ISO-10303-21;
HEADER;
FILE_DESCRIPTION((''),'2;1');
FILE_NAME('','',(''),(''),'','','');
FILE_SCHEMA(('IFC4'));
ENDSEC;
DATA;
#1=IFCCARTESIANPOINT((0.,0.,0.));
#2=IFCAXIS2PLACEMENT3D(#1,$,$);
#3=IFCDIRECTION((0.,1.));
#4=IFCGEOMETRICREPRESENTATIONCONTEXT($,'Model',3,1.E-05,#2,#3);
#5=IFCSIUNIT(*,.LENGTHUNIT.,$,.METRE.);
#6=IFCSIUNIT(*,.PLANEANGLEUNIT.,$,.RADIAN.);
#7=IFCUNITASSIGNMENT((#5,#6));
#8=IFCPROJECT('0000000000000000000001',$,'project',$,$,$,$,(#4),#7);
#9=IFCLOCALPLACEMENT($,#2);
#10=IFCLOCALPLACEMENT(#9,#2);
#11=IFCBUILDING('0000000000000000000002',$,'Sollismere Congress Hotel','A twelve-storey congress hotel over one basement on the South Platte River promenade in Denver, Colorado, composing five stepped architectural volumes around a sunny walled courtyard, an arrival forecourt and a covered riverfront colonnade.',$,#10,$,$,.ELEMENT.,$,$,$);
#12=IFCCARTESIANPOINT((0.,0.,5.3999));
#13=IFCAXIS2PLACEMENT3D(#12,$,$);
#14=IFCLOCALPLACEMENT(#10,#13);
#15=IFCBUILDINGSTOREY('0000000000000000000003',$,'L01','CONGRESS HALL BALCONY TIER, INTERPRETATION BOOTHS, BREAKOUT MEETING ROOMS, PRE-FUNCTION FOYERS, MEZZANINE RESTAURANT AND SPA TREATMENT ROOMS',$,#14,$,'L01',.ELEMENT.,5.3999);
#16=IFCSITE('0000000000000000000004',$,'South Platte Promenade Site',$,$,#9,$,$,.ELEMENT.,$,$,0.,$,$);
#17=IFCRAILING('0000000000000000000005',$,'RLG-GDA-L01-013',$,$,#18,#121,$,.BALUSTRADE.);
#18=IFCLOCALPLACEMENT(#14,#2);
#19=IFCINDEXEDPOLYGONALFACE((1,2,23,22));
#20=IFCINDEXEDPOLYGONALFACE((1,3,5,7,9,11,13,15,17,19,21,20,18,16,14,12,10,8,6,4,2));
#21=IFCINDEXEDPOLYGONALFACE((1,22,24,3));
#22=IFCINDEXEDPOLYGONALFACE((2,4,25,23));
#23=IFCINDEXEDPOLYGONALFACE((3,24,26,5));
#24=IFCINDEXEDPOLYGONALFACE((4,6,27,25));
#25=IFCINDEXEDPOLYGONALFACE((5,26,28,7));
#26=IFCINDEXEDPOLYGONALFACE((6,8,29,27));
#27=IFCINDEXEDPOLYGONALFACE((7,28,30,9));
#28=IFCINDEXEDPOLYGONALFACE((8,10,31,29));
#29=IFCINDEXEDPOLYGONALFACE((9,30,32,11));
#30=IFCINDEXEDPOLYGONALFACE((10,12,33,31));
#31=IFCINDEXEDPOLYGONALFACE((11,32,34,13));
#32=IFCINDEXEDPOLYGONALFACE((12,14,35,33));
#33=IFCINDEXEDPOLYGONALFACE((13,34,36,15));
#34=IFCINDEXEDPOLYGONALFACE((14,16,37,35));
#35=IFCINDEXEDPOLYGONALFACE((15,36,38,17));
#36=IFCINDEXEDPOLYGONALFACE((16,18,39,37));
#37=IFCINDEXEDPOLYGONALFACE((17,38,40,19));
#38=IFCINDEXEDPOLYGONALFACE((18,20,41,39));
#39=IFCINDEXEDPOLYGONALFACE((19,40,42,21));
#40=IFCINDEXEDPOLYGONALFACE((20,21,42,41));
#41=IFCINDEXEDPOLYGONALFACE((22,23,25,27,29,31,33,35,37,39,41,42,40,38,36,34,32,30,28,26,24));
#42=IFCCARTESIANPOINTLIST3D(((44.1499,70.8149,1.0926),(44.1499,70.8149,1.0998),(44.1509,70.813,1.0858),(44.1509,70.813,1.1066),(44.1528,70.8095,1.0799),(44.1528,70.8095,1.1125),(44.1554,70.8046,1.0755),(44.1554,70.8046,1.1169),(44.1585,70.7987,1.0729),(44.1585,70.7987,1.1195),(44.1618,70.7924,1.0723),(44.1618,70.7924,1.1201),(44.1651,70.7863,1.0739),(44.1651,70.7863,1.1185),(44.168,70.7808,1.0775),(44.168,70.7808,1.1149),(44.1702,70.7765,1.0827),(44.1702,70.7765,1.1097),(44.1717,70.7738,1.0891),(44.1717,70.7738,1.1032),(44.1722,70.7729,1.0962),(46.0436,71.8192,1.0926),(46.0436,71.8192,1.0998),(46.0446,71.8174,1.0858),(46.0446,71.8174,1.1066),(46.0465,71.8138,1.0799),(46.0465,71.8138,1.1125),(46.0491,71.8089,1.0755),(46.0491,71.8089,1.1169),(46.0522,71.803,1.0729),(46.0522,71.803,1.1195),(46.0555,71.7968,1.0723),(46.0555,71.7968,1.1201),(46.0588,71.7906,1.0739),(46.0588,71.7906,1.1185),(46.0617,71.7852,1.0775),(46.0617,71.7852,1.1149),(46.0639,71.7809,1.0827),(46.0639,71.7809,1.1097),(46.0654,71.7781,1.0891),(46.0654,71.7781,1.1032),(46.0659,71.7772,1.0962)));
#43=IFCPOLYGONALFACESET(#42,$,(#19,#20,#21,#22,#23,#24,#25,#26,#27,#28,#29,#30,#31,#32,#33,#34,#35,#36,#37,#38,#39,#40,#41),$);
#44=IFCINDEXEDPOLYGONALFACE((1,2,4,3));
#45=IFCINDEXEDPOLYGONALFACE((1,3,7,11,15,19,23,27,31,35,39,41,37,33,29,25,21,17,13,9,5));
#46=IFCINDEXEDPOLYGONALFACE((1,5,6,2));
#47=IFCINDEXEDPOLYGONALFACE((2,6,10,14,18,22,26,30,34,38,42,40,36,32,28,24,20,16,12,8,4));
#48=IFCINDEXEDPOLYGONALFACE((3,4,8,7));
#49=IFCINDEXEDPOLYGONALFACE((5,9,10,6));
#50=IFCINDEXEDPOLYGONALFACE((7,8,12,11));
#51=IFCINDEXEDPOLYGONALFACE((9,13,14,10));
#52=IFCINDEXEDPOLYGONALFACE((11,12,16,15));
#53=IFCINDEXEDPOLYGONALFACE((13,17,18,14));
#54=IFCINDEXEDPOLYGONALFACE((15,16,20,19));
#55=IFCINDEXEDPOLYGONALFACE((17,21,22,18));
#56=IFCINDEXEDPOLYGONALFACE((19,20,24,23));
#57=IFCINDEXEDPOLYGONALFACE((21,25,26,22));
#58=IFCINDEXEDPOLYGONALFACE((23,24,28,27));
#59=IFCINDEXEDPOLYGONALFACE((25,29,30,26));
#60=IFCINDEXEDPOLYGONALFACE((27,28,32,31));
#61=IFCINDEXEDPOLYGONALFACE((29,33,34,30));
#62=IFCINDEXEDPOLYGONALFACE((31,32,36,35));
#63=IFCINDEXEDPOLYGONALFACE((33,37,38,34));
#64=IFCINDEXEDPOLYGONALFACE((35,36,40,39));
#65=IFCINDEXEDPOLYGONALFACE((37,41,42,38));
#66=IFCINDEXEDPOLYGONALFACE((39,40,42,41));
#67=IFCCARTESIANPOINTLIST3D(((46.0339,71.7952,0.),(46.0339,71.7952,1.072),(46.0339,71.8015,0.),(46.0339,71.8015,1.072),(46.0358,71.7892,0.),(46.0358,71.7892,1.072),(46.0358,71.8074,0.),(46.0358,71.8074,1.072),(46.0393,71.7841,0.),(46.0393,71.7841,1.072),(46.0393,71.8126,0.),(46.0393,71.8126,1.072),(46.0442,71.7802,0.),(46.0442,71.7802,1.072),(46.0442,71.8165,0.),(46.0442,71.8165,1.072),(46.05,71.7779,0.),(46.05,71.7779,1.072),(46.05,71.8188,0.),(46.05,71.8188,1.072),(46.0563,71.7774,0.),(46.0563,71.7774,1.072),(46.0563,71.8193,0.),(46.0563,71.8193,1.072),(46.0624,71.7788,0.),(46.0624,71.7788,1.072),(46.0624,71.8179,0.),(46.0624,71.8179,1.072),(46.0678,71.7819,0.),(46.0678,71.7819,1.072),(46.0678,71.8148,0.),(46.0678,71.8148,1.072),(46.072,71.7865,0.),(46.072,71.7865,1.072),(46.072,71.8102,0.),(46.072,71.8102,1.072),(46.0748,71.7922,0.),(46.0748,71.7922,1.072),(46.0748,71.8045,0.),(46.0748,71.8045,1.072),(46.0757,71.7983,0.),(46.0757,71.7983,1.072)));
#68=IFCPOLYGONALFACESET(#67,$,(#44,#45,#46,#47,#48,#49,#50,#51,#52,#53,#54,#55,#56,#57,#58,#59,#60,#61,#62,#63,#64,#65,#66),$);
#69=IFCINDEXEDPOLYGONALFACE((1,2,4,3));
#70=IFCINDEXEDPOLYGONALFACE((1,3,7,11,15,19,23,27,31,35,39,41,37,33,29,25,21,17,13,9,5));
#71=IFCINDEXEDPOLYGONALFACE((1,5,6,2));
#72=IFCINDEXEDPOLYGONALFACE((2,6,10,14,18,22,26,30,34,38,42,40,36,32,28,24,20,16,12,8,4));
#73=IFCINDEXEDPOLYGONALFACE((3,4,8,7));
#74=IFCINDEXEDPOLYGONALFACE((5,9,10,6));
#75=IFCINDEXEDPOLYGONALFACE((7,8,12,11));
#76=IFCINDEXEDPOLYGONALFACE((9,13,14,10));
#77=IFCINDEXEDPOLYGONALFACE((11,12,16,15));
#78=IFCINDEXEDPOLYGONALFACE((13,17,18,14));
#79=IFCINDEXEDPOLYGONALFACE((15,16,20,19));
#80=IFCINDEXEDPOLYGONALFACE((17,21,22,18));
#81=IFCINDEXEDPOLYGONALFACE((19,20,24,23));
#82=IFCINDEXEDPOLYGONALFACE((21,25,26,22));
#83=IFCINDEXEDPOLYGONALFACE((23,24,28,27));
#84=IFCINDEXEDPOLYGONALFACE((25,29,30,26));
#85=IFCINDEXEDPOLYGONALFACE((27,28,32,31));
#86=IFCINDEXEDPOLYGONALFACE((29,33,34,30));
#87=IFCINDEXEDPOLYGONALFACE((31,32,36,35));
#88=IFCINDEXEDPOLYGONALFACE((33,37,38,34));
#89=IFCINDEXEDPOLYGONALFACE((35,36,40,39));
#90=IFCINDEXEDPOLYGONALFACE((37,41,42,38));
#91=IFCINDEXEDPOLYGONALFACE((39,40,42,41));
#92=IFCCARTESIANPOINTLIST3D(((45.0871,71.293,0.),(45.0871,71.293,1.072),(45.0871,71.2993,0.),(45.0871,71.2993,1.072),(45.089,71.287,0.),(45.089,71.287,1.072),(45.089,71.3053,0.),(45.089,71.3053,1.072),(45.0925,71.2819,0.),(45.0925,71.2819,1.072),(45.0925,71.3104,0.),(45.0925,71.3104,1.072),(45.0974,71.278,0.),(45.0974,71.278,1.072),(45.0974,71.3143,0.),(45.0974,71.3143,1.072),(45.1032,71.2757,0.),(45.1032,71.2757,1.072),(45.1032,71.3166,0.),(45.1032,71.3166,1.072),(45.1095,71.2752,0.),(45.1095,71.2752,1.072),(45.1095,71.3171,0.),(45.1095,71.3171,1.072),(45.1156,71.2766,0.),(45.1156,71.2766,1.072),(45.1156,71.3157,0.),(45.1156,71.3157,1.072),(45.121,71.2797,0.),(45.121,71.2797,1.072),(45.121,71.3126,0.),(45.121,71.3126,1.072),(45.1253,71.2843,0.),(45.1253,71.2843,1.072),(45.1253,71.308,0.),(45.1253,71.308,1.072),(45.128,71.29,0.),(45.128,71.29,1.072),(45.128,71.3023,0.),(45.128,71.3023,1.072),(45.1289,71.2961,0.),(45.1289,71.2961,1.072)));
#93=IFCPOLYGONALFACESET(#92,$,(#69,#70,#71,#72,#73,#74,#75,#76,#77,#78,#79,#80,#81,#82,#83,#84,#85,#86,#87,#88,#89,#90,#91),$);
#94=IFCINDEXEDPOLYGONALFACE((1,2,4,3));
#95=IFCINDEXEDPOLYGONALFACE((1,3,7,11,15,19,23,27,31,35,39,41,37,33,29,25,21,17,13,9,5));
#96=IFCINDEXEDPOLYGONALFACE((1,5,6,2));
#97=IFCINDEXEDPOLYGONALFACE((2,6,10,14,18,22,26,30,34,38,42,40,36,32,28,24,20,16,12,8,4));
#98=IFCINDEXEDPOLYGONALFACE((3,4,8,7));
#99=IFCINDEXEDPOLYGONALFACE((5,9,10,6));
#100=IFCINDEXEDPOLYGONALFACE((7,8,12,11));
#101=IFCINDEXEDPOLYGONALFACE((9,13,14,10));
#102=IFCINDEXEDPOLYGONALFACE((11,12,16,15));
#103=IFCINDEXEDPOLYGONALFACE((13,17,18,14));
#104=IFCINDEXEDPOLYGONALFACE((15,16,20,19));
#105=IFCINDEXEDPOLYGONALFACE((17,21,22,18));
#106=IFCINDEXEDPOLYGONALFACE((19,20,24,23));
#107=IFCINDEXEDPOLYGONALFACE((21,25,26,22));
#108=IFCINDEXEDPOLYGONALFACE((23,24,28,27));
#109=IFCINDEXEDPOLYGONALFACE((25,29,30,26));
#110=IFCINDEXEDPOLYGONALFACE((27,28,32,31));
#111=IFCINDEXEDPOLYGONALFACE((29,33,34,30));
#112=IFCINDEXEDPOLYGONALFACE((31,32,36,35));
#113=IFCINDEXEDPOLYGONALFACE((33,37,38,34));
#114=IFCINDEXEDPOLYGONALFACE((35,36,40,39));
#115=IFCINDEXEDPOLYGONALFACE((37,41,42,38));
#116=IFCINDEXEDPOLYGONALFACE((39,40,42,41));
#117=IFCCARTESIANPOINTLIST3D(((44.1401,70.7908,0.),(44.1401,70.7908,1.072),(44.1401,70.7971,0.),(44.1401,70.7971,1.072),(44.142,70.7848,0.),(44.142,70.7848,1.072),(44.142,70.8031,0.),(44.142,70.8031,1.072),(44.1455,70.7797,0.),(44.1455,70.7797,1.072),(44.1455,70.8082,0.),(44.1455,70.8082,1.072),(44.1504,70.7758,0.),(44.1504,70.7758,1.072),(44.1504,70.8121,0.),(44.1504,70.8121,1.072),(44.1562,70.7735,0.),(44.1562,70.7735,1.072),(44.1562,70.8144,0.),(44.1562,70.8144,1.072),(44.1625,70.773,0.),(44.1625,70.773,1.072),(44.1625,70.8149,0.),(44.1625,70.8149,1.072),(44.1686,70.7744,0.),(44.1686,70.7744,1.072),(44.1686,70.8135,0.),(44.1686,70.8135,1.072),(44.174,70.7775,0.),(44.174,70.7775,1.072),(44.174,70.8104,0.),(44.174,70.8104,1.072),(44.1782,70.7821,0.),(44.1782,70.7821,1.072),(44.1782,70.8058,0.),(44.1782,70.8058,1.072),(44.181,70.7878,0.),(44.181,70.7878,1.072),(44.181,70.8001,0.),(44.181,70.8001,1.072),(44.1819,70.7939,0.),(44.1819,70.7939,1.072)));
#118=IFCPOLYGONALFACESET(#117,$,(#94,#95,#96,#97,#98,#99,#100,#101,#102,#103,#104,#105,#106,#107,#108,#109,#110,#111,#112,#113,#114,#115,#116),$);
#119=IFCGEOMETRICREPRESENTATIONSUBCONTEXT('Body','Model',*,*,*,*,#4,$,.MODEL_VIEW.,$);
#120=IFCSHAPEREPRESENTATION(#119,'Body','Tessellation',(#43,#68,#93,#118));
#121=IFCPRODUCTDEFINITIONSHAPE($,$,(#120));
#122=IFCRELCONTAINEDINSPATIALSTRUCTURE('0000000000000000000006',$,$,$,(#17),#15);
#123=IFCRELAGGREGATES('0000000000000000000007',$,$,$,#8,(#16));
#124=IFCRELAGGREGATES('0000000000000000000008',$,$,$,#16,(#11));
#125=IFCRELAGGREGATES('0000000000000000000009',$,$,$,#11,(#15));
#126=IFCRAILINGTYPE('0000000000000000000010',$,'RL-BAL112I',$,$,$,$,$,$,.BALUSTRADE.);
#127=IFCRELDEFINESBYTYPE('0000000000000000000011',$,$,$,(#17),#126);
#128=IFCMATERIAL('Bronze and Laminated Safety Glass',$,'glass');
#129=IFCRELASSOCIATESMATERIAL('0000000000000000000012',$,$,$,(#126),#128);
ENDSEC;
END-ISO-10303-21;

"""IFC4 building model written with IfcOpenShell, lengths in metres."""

from ifc_helpers import new_model, si_unit, direction, frame, origin, origin_2d, place, context, subcontext, project, spatial, circle, extrude, material, type_object, element, save


model = new_model("IFC4")

# Units and contexts
model_context = context("Model", 3, precision=1e-05, world=origin(), true_north=direction((0.0, 1.0)))
body_context = subcontext(model_context, "Body", "Model", "MODEL_VIEW")
ifc_project = project(units=[si_unit("LENGTHUNIT", "METRE"), si_unit("PLANEANGLEUNIT", "RADIAN")], contexts=[model_context])

# Site, building, storey
site_placement = place(None, origin())
site = spatial("IfcSite", under=ifc_project, at=site_placement, Name="South Platte Promenade Site", CompositionType="ELEMENT", RefElevation=0.0)
building_placement = place(site_placement, origin())
building = spatial("IfcBuilding", under=site, at=building_placement, Name="Sollismere Congress Hotel", Description="A twelve-storey congress hotel over one basement on the South Platte River promenade in Denver, Colorado, composing five stepped architectural volumes around a sunny walled courtyard, an arrival forecourt and a covered riverfront colonnade.", CompositionType="ELEMENT")
storey_placement = place(building_placement, frame((0.0, 0.0, 5.3999)))
storey = spatial("IfcBuildingStorey", under=building, at=storey_placement, Name="L01", Description="CONGRESS HALL BALCONY TIER, INTERPRETATION BOOTHS, BREAKOUT MEETING ROOMS, PRE-FUNCTION FOYERS, MEZZANINE RESTAURANT AND SPA TREATMENT ROOMS", LongName="L01", CompositionType="ELEMENT", Elevation=5.3999)

# Railing
ifc_material_1 = material(Name="Bronze and Laminated Safety Glass", Category="glass")
railing_type = type_object("IfcRailingType", Name="RL-BAL112I", PredefinedType="BALUSTRADE", material=ifc_material_1)
railing_1_placement = place(storey_placement, frame((46.0547, 71.7983, 0.0)))
element("IfcRailing", 1, at=railing_1_placement, inside=storey, type_object=railing_type, Name="RLG-GDA-L01-013", PredefinedType="BALUSTRADE", context=body_context, shape_type="SweptSolid", body=[
    extrude(circle(Radius=0.0239, at=origin_2d()), frame((0.0, 0.0, 1.0962), z_axis=(-0.883441, -0.468542, 0.0), x_axis=(0.468542, -0.883441, 0.0)), (0.0, 0.0, 1.0), 2.1436),
    extrude(circle(Radius=0.021, at=origin_2d()), origin(), (0.0, 0.0, 1.0), 1.072),
    extrude(circle(Radius=0.021, at=origin_2d()), frame((-0.9468, -0.5022, 0.0)), (0.0, 0.0, 1.0), 1.072),
    extrude(circle(Radius=0.021, at=origin_2d()), frame((-1.8938, -1.0044, 0.0)), (0.0, 0.0, 1.0), 1.072),
])

save(model, "model.ifc")
